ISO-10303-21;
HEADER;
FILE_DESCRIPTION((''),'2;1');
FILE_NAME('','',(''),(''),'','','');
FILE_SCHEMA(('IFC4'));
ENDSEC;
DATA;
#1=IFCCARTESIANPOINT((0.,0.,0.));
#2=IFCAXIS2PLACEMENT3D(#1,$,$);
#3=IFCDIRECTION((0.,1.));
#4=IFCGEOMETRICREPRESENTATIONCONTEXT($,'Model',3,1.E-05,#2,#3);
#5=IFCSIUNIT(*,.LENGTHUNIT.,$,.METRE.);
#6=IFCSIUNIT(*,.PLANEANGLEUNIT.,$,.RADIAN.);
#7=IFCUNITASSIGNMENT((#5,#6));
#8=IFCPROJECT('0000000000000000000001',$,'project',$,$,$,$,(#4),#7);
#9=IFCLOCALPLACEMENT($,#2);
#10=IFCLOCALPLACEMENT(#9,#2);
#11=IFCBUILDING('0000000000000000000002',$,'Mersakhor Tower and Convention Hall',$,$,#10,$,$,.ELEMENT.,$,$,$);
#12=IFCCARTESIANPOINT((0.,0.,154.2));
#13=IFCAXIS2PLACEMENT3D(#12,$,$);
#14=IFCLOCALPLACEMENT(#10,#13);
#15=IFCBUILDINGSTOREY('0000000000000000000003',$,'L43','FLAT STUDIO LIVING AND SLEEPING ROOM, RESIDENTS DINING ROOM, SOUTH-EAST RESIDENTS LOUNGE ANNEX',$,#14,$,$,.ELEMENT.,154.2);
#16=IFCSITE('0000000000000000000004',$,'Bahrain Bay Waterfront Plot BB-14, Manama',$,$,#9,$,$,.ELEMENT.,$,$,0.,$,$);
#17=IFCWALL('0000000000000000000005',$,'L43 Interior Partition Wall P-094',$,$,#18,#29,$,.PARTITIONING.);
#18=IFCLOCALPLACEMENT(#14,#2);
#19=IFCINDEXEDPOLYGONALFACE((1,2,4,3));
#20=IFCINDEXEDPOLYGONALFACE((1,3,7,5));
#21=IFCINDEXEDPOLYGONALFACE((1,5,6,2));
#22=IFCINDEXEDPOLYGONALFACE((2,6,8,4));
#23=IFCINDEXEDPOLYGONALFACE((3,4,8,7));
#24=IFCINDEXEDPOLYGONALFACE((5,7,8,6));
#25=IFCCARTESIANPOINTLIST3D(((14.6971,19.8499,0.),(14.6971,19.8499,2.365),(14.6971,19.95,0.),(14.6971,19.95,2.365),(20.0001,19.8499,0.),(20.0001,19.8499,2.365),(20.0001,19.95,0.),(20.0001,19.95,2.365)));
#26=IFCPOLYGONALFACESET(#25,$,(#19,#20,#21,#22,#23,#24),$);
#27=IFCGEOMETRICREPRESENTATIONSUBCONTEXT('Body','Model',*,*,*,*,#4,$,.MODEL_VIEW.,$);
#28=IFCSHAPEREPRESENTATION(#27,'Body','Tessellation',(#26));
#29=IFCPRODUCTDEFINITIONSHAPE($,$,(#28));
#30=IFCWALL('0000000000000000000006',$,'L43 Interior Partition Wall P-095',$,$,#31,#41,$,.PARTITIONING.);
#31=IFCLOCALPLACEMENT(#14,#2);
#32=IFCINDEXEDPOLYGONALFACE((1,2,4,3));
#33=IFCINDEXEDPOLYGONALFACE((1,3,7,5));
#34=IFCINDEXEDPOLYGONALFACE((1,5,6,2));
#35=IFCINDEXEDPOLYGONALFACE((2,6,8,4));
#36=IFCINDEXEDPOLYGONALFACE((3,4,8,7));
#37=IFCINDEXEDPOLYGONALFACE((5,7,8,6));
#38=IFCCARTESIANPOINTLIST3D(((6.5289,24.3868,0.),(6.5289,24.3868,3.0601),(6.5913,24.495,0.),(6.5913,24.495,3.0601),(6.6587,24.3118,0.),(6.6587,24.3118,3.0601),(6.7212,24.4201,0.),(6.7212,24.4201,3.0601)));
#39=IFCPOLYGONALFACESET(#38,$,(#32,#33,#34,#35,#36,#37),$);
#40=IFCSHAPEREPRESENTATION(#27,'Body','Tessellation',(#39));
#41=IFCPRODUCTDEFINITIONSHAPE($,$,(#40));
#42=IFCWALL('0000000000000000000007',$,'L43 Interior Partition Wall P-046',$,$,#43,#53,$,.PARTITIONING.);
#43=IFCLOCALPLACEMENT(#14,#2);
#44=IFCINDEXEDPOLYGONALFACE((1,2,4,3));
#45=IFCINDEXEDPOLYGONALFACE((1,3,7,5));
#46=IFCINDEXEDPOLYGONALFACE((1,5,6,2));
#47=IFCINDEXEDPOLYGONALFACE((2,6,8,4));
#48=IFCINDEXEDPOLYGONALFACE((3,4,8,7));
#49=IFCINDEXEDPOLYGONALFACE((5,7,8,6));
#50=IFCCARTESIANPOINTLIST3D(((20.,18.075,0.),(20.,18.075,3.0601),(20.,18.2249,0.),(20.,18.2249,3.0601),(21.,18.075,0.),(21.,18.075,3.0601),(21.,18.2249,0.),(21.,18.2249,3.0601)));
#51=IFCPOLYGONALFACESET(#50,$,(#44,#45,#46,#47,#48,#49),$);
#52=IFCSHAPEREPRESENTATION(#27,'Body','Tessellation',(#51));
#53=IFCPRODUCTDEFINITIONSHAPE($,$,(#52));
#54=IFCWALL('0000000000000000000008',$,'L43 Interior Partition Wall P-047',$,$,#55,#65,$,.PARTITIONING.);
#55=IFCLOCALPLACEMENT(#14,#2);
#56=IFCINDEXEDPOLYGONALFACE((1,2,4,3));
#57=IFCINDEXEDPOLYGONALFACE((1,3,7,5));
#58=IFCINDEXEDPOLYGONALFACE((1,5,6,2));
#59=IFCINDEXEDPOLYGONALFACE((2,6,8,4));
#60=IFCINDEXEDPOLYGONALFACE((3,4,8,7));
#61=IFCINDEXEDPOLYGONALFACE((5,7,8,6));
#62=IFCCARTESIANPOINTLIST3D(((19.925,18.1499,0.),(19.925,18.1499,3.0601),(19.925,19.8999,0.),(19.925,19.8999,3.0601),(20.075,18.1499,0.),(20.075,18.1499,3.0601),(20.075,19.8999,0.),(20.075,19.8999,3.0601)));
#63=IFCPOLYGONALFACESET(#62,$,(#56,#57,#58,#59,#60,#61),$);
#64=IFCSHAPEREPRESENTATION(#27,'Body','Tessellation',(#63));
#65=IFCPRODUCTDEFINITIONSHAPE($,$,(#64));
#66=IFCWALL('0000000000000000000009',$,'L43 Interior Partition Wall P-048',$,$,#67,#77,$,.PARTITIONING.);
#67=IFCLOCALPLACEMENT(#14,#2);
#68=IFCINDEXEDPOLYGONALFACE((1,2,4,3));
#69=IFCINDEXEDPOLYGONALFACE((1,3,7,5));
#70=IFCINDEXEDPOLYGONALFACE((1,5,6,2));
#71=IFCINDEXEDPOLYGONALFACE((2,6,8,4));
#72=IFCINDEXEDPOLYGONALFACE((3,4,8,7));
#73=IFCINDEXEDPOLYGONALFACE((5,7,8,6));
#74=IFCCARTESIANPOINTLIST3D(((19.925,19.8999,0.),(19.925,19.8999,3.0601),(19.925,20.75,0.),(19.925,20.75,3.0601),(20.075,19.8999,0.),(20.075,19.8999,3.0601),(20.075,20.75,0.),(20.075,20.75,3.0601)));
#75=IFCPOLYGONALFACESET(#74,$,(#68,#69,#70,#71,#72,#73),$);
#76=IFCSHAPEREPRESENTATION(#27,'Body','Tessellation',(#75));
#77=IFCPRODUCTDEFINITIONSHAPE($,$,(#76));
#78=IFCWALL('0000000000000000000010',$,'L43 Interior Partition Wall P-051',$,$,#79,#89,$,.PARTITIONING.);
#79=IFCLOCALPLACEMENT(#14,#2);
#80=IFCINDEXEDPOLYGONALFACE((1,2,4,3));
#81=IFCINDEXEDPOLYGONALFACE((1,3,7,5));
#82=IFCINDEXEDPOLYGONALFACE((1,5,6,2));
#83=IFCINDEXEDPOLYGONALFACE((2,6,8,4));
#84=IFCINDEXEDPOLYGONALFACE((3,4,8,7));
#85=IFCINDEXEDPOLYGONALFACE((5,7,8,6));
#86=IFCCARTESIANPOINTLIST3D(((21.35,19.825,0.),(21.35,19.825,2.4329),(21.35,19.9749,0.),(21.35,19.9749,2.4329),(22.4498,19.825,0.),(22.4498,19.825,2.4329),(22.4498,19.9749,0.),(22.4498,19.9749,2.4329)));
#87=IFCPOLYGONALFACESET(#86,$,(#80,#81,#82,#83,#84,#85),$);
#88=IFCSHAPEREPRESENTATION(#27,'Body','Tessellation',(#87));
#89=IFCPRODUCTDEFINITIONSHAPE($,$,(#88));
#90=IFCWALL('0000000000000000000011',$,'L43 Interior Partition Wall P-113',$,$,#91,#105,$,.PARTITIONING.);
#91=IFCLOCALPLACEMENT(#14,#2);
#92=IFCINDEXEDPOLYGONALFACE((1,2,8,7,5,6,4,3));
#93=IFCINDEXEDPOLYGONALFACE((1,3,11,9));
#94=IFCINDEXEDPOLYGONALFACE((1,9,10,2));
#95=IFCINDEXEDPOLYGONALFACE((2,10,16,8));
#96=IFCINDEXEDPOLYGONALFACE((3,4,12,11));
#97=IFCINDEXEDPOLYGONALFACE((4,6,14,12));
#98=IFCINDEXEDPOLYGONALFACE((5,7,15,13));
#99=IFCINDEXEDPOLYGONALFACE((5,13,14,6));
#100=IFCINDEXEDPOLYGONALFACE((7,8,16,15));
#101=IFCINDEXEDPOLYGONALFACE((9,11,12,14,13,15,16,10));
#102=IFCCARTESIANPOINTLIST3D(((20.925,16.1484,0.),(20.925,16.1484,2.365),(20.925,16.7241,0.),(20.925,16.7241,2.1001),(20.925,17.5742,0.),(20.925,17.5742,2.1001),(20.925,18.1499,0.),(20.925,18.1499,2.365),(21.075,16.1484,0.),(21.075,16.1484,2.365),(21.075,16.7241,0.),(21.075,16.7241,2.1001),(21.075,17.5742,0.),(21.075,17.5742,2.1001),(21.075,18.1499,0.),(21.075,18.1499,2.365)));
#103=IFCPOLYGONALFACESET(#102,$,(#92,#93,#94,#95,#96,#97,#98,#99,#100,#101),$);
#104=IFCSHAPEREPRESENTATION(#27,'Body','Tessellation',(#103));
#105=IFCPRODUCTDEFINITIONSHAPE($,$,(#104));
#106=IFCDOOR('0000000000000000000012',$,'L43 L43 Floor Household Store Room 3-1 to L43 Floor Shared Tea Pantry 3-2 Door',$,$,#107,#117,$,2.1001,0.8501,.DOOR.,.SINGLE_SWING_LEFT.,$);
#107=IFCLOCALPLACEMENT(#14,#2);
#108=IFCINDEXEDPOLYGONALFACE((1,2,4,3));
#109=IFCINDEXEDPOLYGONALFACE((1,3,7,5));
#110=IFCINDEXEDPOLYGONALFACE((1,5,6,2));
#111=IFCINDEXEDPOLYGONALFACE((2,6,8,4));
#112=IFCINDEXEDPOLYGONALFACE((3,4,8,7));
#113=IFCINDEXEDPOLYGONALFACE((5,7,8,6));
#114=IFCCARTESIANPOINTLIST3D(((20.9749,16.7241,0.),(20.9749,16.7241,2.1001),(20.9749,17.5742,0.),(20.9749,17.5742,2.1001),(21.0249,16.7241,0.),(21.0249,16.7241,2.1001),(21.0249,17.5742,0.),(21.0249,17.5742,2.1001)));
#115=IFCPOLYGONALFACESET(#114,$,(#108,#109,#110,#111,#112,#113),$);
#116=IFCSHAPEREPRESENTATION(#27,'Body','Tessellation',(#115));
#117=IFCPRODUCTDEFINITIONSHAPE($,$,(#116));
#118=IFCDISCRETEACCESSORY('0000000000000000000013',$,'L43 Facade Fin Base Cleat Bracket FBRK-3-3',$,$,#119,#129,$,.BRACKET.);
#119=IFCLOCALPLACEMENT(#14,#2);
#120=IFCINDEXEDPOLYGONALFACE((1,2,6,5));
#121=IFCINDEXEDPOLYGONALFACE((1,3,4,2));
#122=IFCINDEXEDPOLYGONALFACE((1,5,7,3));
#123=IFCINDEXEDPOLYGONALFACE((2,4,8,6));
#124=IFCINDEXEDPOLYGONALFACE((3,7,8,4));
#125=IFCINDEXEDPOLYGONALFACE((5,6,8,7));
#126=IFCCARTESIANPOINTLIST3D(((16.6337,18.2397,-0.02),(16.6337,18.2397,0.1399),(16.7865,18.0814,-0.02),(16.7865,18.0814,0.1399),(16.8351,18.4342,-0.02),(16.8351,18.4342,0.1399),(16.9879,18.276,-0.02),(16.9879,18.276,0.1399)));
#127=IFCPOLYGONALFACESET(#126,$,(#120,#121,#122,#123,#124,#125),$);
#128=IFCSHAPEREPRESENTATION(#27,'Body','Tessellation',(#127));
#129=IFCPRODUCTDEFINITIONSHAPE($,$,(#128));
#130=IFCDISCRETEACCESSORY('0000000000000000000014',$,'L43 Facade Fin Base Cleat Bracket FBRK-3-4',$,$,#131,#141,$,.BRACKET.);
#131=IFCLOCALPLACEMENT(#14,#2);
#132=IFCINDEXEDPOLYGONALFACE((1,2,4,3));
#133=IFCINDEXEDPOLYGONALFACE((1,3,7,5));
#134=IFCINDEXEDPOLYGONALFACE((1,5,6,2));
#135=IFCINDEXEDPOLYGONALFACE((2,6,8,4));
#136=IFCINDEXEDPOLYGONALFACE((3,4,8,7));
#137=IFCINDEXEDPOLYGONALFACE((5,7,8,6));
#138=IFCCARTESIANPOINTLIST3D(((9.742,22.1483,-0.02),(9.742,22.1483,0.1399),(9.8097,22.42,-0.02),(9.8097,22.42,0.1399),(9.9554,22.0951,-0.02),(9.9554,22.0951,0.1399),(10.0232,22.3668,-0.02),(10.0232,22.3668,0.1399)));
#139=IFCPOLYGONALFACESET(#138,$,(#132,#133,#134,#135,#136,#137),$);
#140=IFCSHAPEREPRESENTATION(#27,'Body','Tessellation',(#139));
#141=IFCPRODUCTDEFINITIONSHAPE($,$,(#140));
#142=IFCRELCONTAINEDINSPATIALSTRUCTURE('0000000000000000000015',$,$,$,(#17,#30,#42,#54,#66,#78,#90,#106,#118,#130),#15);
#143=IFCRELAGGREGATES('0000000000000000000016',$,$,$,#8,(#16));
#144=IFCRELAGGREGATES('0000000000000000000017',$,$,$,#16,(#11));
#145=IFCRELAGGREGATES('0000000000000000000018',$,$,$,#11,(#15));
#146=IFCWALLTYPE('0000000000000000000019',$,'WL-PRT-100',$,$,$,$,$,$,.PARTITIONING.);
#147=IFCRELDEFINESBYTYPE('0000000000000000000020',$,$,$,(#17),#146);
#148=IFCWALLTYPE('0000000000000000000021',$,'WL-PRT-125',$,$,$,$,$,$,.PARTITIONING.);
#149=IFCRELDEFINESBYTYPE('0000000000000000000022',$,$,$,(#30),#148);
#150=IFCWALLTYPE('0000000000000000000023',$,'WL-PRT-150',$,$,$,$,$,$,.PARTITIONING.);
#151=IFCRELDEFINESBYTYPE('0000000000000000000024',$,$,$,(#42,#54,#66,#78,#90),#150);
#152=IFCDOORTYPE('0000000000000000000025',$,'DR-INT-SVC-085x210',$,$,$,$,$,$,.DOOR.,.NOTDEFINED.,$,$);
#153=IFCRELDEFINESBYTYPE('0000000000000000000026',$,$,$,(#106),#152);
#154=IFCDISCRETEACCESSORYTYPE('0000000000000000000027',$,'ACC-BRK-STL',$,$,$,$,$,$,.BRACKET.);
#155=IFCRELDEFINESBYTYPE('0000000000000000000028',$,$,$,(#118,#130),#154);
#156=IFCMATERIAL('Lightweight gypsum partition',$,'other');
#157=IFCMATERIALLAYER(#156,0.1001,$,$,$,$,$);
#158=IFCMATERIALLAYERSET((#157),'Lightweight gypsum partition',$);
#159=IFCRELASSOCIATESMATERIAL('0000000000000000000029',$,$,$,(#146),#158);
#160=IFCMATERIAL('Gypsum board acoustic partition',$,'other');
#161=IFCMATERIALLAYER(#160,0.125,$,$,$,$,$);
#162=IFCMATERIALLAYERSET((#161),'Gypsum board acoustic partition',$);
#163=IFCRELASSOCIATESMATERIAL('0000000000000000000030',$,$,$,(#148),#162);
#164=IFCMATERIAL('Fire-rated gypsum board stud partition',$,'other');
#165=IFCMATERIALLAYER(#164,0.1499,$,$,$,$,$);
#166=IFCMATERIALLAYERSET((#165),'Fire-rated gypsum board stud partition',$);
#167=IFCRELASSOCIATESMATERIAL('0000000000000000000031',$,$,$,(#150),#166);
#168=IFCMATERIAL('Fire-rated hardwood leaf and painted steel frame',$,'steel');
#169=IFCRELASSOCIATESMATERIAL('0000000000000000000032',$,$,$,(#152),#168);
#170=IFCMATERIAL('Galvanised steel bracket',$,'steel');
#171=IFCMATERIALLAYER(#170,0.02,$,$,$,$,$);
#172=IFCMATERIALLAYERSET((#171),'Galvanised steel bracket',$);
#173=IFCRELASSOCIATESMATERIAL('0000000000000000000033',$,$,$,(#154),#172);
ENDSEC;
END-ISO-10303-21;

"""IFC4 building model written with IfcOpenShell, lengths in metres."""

from ifc_helpers import new_model, si_unit, direction, frame, frame_2d, origin, origin_2d, place, context, subcontext, project, spatial, rectangle, extrude, material, layer, layer_set, type_object, element, fill, save


model = new_model("IFC4")

# Units and contexts
model_context = context("Model", 3, precision=1e-05, world=origin(), true_north=direction((0.0, 1.0)))
body_context = subcontext(model_context, "Body", "Model", "MODEL_VIEW")
ifc_project = project(units=[si_unit("LENGTHUNIT", "METRE"), si_unit("PLANEANGLEUNIT", "RADIAN")], contexts=[model_context])

# Site, building, storey
site_placement = place(None, origin())
site = spatial("IfcSite", under=ifc_project, at=site_placement, Name="Bahrain Bay Waterfront Plot BB-14, Manama", CompositionType="ELEMENT", RefElevation=0.0)
building_placement = place(site_placement, origin())
building = spatial("IfcBuilding", under=site, at=building_placement, Name="Mersakhor Tower and Convention Hall", CompositionType="ELEMENT")
storey_placement = place(building_placement, frame((0.0, 0.0, 154.2)))
storey = spatial("IfcBuildingStorey", under=building, at=storey_placement, Name="L43", Description="FLAT STUDIO LIVING AND SLEEPING ROOM, RESIDENTS DINING ROOM, SOUTH-EAST RESIDENTS LOUNGE ANNEX", CompositionType="ELEMENT", Elevation=154.2)

# Walls
ifc_material_1 = material(Name="Lightweight gypsum partition", Category="other")
ifc_layer_1 = layer(ifc_material_1, 0.1001)
ifc_layer_set_1 = layer_set([ifc_layer_1], Name="Lightweight gypsum partition")
wall_type_1 = type_object("IfcWallType", Name="WL-PRT-100", PredefinedType="PARTITIONING", material=ifc_layer_set_1)
wall_1_placement = place(storey_placement, frame((20.0, 19.8999, 0.0), z_axis=(0.0, 0.0, 1.0), x_axis=(-1.0, 0.0, 0.0)))
element("IfcWall", 1, at=wall_1_placement, inside=storey, type_object=wall_type_1, Name="L43 Interior Partition Wall P-094", PredefinedType="PARTITIONING", context=body_context, shape_type="SweptSolid", body=[
    extrude(rectangle(XDim=5.303, YDim=0.1001, at=frame_2d((2.6514, 0.0))), origin(), (0.0, 0.0, 1.0), 2.365),
])
ifc_material_2 = material(Name="Gypsum board acoustic partition", Category="other")
ifc_layer_2 = layer(ifc_material_2, 0.125)
ifc_layer_set_2 = layer_set([ifc_layer_2], Name="Gypsum board acoustic partition")
wall_type_2 = type_object("IfcWallType", Name="WL-PRT-125", PredefinedType="PARTITIONING", material=ifc_layer_set_2)
wall_2_placement = place(storey_placement, frame((6.6899, 24.366, 0.0), z_axis=(0.0, 0.0, 1.0), x_axis=(-0.866131, 0.499816, 0.0)))
element("IfcWall", 2, at=wall_2_placement, inside=storey, type_object=wall_type_2, Name="L43 Interior Partition Wall P-095", PredefinedType="PARTITIONING", context=body_context, shape_type="SweptSolid", body=[
    extrude(rectangle(XDim=0.1499, YDim=0.125, at=frame_2d((0.075, 0.0))), origin(), (0.0, 0.0, 1.0), 3.0601),
])
ifc_material_3 = material(Name="Fire-rated gypsum board stud partition", Category="other")
ifc_layer_3 = layer(ifc_material_3, 0.1499)
ifc_layer_set_3 = layer_set([ifc_layer_3], Name="Fire-rated gypsum board stud partition")
wall_type_3 = type_object("IfcWallType", Name="WL-PRT-150", PredefinedType="PARTITIONING", material=ifc_layer_set_3)
wall_3_placement = place(storey_placement, frame((21.0, 18.1499, 0.0), z_axis=(0.0, 0.0, 1.0), x_axis=(-1.0, 0.0, 0.0)))
element("IfcWall", 3, at=wall_3_placement, inside=storey, type_object=wall_type_3, Name="L43 Interior Partition Wall P-046", PredefinedType="PARTITIONING", context=body_context, shape_type="SweptSolid", body=[
    extrude(rectangle(XDim=1.0, YDim=0.1499, at=frame_2d((0.5, 0.0))), origin(), (0.0, 0.0, 1.0), 3.0601),
])
wall_4_placement = place(storey_placement, frame((20.0, 18.1499, 0.0), z_axis=(0.0, 0.0, 1.0), x_axis=(0.0, 1.0, 0.0)))
element("IfcWall", 4, at=wall_4_placement, inside=storey, type_object=wall_type_3, Name="L43 Interior Partition Wall P-047", PredefinedType="PARTITIONING", context=body_context, shape_type="SweptSolid", body=[
    extrude(rectangle(XDim=1.75, YDim=0.1499, at=frame_2d((0.875, 0.0))), origin(), (0.0, 0.0, 1.0), 3.0601),
])
wall_5_placement = place(storey_placement, frame((20.0, 19.8999, 0.0), z_axis=(0.0, 0.0, 1.0), x_axis=(0.0, 1.0, 0.0)))
element("IfcWall", 5, at=wall_5_placement, inside=storey, type_object=wall_type_3, Name="L43 Interior Partition Wall P-048", PredefinedType="PARTITIONING", context=body_context, shape_type="SweptSolid", body=[
    extrude(rectangle(XDim=0.8501, YDim=0.1499, at=frame_2d((0.425, 0.0))), origin(), (0.0, 0.0, 1.0), 3.0601),
])

# Wall
wall_6_placement = place(storey_placement, frame((21.3501, 19.8999, 0.0), z_axis=(0.0, 0.0, 1.0), x_axis=(1.0, 0.0, 0.0)))
element("IfcWall", 6, at=wall_6_placement, inside=storey, type_object=wall_type_3, Name="L43 Interior Partition Wall P-051", PredefinedType="PARTITIONING", context=body_context, shape_type="SweptSolid", body=[
    extrude(rectangle(XDim=1.0999, YDim=0.1499, at=frame_2d((0.5498, 0.0))), origin(), (0.0, 0.0, 1.0), 2.4329),
])

# Wall, opening, door
wall_7_placement = place(storey_placement, frame((21.0, 18.1499, 0.0), z_axis=(0.0, 0.0, 1.0), x_axis=(0.0, -1.0, 0.0)))
wall_7 = element("IfcWall", 7, at=wall_7_placement, inside=storey, type_object=wall_type_3, Name="L43 Interior Partition Wall P-113", PredefinedType="PARTITIONING", context=body_context, shape_type="SweptSolid", body=[
    extrude(rectangle(XDim=2.0015, YDim=0.1499, at=frame_2d((1.0007, 0.0))), origin(), (0.0, 0.0, 1.0), 2.365),
])
opening_1_placement = place(wall_7_placement, frame((0.5757, 0.0, 0.0)))
opening_1 = element("IfcOpeningElement", 8, at=opening_1_placement, cuts=wall_7, PredefinedType="OPENING", context=body_context, shape_type="SweptSolid", body=[
    extrude(rectangle(XDim=0.8501, YDim=2.1001, at=frame_2d((0.425, 1.05))), frame((0.0, 0.085, 0.0), z_axis=(0.0, -1.0, 0.0), x_axis=(1.0, 0.0, 0.0)), (0.0, 0.0, 1.0), 0.1699),
])
ifc_material_4 = material(Name="Fire-rated hardwood leaf and painted steel frame", Category="steel")
door_type_1 = type_object("IfcDoorType", Name="DR-INT-SVC-085x210", OperationType="NOTDEFINED", PredefinedType="DOOR", material=ifc_material_4)
door_1_placement = place(opening_1_placement, origin())
door_1 = element("IfcDoor", 9, at=door_1_placement, inside=storey, type_object=door_type_1, Name="L43 L43 Floor Household Store Room 3-1 to L43 Floor Shared Tea Pantry 3-2 Door", OperationType="SINGLE_SWING_LEFT", OverallHeight=2.1001, OverallWidth=0.8501, PredefinedType="DOOR", context=body_context, shape_type="SweptSolid", body=[
    extrude(rectangle(XDim=0.8501, YDim=2.1001, at=frame_2d((0.425, 1.05))), frame((0.0, 0.0249, 0.0), z_axis=(0.0, -1.0, 0.0), x_axis=(1.0, 0.0, 0.0)), (0.0, 0.0, 1.0), 0.05),
])
fill(opening_1, door_1)

# Discrete accessories
ifc_material_5 = material(Name="Galvanised steel bracket", Category="steel")
ifc_layer_4 = layer(ifc_material_5, 0.02)
ifc_layer_set_4 = layer_set([ifc_layer_4], Name="Galvanised steel bracket")
discrete_accessory_type = type_object("IfcDiscreteAccessoryType", Name="ACC-BRK-STL", PredefinedType="BRACKET", material=ifc_layer_set_4)
for number, where, z_axis, x_axis, name in (
    (10, (16.8108, 18.2578, -0.02), (0.0, 0.0, 1.0), (-0.71934, -0.694658, 0.0), "L43 Facade Fin Base Cleat Bracket FBRK-3-3"),
    (11, (9.8826, 22.2576, -0.02), (0.0, 0.0, 1.0), (-0.241922, -0.970296, 0.0), "L43 Facade Fin Base Cleat Bracket FBRK-3-4"),
):
    element("IfcDiscreteAccessory", number, at=place(storey_placement, frame(where, z_axis=z_axis, x_axis=x_axis)), inside=storey, type_object=discrete_accessory_type, Name=name, PredefinedType="BRACKET", context=body_context, shape_type="SweptSolid", body=[
        extrude(rectangle(XDim=0.28, YDim=0.22, at=origin_2d()), origin(), (0.0, 0.0, 1.0), 0.1599),
    ])

save(model, "model.ifc")
